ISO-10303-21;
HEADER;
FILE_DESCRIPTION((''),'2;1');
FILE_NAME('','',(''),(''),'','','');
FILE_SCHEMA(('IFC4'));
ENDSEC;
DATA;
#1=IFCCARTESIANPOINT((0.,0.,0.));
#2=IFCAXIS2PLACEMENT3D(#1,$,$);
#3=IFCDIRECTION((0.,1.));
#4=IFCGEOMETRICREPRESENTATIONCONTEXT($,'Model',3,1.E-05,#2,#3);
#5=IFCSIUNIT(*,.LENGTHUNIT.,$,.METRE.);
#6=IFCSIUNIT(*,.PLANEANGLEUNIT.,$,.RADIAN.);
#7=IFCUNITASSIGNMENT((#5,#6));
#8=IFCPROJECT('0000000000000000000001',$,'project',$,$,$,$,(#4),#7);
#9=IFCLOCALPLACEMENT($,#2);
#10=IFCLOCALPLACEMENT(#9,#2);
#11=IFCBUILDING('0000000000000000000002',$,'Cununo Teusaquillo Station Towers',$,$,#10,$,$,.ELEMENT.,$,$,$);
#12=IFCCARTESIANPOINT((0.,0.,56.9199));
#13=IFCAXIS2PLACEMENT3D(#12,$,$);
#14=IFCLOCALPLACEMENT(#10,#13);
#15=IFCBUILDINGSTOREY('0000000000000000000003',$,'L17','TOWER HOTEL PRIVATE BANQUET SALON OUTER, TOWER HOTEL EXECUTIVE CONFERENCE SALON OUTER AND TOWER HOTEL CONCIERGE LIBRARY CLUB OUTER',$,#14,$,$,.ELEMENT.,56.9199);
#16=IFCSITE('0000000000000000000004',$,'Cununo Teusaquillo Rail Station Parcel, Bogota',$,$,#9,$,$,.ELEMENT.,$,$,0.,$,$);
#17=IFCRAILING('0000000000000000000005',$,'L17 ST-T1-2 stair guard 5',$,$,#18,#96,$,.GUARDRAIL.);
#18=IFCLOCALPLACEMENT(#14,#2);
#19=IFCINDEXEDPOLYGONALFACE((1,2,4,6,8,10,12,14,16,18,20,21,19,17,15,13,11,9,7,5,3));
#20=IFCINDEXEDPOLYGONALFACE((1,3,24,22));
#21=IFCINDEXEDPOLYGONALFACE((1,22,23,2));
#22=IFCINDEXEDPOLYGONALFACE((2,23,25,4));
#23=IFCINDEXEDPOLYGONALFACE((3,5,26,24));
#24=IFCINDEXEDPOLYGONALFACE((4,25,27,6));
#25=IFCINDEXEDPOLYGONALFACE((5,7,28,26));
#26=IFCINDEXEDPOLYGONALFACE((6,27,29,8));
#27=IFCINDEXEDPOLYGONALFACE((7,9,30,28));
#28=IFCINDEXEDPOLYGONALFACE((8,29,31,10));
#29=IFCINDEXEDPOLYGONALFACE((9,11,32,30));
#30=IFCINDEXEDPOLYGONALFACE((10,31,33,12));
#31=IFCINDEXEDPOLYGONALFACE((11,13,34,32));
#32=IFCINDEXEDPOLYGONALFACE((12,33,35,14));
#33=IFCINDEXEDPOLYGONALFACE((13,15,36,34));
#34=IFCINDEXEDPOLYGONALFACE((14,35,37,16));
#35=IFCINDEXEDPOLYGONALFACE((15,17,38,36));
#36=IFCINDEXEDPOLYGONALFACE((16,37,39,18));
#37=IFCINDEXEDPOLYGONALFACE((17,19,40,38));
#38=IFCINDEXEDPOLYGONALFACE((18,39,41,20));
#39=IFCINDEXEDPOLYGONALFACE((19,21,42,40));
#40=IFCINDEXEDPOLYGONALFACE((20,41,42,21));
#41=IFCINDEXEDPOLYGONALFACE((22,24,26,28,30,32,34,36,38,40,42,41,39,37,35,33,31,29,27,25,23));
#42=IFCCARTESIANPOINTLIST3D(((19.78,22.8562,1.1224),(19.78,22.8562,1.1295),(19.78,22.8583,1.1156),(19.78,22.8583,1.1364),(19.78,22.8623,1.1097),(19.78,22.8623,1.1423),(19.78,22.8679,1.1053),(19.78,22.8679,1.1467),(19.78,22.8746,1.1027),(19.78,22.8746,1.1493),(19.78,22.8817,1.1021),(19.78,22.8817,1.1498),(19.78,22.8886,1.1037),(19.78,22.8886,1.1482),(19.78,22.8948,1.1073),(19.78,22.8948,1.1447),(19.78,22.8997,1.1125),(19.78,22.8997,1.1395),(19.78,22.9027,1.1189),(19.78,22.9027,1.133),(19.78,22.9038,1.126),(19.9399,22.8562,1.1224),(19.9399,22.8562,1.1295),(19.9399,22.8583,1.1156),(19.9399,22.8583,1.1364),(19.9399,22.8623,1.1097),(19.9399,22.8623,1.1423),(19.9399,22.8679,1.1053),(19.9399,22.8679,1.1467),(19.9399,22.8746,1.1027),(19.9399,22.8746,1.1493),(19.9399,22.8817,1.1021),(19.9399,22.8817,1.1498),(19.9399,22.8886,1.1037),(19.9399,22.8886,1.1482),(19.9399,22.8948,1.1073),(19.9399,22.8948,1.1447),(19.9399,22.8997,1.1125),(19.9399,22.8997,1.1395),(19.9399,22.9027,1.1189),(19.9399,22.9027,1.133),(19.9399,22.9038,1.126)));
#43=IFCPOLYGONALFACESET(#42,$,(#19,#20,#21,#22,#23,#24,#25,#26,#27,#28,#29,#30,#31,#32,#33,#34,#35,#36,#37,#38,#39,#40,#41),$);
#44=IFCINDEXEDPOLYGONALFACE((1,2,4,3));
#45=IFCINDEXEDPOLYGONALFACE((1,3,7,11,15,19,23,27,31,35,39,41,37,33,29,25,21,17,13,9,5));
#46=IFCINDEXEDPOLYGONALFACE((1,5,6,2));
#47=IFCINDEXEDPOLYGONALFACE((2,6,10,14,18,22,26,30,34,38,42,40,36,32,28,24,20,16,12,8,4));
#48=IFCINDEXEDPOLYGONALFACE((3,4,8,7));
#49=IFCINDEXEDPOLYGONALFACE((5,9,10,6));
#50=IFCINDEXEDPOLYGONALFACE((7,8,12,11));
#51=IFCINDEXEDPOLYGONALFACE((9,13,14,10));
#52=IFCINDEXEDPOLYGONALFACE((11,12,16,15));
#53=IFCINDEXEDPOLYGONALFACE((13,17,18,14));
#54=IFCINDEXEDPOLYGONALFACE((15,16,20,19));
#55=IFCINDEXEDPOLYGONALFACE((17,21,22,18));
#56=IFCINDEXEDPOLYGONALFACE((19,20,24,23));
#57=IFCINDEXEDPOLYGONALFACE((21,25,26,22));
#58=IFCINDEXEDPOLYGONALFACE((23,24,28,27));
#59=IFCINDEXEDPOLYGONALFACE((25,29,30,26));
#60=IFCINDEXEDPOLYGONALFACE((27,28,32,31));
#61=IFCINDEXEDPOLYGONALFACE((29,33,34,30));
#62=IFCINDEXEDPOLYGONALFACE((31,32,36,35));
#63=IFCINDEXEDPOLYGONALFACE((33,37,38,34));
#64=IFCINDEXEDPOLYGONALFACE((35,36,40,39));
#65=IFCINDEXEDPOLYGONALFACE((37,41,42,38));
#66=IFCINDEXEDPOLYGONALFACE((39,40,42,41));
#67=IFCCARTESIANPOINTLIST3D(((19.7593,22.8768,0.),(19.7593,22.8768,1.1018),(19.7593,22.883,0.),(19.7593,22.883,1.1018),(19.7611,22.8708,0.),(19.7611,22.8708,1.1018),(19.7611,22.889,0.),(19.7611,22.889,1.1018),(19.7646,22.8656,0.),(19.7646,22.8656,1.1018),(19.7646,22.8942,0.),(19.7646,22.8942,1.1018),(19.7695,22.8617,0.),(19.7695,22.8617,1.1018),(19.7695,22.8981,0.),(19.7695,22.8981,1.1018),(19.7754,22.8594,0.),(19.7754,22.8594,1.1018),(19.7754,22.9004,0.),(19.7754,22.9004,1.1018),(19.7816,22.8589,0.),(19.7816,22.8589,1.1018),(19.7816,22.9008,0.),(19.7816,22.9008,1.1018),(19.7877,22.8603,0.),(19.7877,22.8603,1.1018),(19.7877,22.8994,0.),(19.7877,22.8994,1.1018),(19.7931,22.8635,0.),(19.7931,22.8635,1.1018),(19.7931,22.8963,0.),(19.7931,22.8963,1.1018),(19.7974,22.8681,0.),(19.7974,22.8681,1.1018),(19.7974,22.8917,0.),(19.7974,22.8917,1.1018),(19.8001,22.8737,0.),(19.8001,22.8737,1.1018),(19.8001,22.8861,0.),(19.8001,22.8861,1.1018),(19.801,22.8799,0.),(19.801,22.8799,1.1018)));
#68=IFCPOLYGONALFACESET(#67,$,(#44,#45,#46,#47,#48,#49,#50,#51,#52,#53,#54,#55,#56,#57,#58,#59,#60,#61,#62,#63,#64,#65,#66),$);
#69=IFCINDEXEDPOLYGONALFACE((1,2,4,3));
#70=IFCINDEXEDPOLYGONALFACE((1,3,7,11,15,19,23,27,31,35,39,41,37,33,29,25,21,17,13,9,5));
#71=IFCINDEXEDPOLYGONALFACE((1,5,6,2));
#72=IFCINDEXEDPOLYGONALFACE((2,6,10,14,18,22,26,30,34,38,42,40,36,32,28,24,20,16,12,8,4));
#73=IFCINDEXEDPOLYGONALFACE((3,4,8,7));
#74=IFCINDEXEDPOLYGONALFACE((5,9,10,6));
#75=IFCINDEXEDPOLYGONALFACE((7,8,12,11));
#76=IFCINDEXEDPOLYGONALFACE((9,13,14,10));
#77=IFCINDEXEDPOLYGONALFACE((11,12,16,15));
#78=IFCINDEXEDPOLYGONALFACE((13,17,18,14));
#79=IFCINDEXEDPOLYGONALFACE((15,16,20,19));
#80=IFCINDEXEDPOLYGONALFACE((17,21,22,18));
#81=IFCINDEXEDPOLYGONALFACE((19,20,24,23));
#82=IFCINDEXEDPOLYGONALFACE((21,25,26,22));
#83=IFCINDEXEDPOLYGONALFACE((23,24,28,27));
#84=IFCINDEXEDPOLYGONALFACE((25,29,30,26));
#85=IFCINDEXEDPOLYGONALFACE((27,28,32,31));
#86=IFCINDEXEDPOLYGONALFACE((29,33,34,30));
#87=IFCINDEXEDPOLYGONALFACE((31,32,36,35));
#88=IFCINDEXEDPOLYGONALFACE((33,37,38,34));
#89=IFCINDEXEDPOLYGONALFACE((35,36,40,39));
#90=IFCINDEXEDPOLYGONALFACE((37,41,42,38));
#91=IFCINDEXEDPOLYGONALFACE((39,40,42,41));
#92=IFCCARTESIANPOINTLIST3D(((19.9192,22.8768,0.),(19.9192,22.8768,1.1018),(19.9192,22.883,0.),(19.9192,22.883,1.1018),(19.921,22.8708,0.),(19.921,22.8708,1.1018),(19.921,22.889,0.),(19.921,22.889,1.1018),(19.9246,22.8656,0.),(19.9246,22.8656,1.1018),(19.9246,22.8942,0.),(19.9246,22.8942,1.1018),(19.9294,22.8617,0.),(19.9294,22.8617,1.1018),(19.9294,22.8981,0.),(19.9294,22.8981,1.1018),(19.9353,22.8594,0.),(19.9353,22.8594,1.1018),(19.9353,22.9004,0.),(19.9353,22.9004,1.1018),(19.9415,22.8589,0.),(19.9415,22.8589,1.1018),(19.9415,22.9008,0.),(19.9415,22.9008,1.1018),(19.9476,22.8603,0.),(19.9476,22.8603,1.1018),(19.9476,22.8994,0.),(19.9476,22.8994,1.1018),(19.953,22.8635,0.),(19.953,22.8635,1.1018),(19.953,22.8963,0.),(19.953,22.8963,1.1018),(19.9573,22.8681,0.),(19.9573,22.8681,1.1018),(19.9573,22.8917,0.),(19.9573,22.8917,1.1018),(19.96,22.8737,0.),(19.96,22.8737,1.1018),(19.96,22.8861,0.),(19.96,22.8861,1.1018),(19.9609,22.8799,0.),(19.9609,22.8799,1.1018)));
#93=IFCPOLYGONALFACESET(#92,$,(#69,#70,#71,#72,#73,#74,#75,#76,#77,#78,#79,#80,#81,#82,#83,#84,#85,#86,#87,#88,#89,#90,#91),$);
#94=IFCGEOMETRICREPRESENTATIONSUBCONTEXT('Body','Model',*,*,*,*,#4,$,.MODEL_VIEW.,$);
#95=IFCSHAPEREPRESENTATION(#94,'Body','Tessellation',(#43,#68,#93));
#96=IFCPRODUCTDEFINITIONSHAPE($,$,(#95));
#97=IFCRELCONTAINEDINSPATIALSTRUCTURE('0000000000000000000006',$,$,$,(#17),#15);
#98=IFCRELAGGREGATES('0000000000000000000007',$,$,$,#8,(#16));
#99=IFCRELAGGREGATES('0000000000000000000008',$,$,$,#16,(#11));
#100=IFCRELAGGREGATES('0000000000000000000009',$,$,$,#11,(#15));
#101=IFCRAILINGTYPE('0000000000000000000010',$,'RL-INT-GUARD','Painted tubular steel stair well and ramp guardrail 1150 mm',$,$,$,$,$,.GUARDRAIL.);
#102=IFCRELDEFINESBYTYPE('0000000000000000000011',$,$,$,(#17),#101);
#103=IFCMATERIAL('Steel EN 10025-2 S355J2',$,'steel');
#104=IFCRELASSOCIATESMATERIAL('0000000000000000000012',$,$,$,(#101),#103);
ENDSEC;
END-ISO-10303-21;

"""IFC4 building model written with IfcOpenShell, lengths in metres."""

from ifc_helpers import new_model, si_unit, direction, frame, origin, origin_2d, place, context, subcontext, project, spatial, circle, extrude, material, type_object, element, save


model = new_model("IFC4")

# Units and contexts
model_context = context("Model", 3, precision=1e-05, world=origin(), true_north=direction((0.0, 1.0)))
body_context = subcontext(model_context, "Body", "Model", "MODEL_VIEW")
ifc_project = project(units=[si_unit("LENGTHUNIT", "METRE"), si_unit("PLANEANGLEUNIT", "RADIAN")], contexts=[model_context])

# Site, building, storey
site_placement = place(None, origin())
site = spatial("IfcSite", under=ifc_project, at=site_placement, Name="Cununo Teusaquillo Rail Station Parcel, Bogota", CompositionType="ELEMENT", RefElevation=0.0)
building_placement = place(site_placement, origin())
building = spatial("IfcBuilding", under=site, at=building_placement, Name="Cununo Teusaquillo Station Towers", CompositionType="ELEMENT")
storey_placement = place(building_placement, frame((0.0, 0.0, 56.9199)))
storey = spatial("IfcBuildingStorey", under=building, at=storey_placement, Name="L17", Description="TOWER HOTEL PRIVATE BANQUET SALON OUTER, TOWER HOTEL EXECUTIVE CONFERENCE SALON OUTER AND TOWER HOTEL CONCIERGE LIBRARY CLUB OUTER", CompositionType="ELEMENT", Elevation=56.9199)

# Railing
ifc_material_1 = material(Name="Steel EN 10025-2 S355J2", Category="steel")
railing_type_1 = type_object("IfcRailingType", Name="RL-INT-GUARD", Description="Painted tubular steel stair well and ramp guardrail 1150 mm", PredefinedType="GUARDRAIL", material=ifc_material_1)
railing_1_placement = place(storey_placement, frame((19.78, 22.8799, 0.0)))
element("IfcRailing", 1, at=railing_1_placement, inside=storey, type_object=railing_type_1, Name="L17 ST-T1-2 stair guard 5", PredefinedType="GUARDRAIL", context=body_context, shape_type="SweptSolid", body=[
    extrude(circle(Radius=0.0239, at=origin_2d()), frame((0.0, 0.0, 1.126), z_axis=(1.0, 0.0, 0.0), x_axis=(0.0, 1.0, 0.0)), (0.0, 0.0, 1.0), 0.1599),
    extrude(circle(Radius=0.021, at=origin_2d()), origin(), (0.0, 0.0, 1.0), 1.1018),
    extrude(circle(Radius=0.021, at=origin_2d()), frame((0.1599, 0.0, 0.0)), (0.0, 0.0, 1.0), 1.1018),
])

save(model, "model.ifc")
